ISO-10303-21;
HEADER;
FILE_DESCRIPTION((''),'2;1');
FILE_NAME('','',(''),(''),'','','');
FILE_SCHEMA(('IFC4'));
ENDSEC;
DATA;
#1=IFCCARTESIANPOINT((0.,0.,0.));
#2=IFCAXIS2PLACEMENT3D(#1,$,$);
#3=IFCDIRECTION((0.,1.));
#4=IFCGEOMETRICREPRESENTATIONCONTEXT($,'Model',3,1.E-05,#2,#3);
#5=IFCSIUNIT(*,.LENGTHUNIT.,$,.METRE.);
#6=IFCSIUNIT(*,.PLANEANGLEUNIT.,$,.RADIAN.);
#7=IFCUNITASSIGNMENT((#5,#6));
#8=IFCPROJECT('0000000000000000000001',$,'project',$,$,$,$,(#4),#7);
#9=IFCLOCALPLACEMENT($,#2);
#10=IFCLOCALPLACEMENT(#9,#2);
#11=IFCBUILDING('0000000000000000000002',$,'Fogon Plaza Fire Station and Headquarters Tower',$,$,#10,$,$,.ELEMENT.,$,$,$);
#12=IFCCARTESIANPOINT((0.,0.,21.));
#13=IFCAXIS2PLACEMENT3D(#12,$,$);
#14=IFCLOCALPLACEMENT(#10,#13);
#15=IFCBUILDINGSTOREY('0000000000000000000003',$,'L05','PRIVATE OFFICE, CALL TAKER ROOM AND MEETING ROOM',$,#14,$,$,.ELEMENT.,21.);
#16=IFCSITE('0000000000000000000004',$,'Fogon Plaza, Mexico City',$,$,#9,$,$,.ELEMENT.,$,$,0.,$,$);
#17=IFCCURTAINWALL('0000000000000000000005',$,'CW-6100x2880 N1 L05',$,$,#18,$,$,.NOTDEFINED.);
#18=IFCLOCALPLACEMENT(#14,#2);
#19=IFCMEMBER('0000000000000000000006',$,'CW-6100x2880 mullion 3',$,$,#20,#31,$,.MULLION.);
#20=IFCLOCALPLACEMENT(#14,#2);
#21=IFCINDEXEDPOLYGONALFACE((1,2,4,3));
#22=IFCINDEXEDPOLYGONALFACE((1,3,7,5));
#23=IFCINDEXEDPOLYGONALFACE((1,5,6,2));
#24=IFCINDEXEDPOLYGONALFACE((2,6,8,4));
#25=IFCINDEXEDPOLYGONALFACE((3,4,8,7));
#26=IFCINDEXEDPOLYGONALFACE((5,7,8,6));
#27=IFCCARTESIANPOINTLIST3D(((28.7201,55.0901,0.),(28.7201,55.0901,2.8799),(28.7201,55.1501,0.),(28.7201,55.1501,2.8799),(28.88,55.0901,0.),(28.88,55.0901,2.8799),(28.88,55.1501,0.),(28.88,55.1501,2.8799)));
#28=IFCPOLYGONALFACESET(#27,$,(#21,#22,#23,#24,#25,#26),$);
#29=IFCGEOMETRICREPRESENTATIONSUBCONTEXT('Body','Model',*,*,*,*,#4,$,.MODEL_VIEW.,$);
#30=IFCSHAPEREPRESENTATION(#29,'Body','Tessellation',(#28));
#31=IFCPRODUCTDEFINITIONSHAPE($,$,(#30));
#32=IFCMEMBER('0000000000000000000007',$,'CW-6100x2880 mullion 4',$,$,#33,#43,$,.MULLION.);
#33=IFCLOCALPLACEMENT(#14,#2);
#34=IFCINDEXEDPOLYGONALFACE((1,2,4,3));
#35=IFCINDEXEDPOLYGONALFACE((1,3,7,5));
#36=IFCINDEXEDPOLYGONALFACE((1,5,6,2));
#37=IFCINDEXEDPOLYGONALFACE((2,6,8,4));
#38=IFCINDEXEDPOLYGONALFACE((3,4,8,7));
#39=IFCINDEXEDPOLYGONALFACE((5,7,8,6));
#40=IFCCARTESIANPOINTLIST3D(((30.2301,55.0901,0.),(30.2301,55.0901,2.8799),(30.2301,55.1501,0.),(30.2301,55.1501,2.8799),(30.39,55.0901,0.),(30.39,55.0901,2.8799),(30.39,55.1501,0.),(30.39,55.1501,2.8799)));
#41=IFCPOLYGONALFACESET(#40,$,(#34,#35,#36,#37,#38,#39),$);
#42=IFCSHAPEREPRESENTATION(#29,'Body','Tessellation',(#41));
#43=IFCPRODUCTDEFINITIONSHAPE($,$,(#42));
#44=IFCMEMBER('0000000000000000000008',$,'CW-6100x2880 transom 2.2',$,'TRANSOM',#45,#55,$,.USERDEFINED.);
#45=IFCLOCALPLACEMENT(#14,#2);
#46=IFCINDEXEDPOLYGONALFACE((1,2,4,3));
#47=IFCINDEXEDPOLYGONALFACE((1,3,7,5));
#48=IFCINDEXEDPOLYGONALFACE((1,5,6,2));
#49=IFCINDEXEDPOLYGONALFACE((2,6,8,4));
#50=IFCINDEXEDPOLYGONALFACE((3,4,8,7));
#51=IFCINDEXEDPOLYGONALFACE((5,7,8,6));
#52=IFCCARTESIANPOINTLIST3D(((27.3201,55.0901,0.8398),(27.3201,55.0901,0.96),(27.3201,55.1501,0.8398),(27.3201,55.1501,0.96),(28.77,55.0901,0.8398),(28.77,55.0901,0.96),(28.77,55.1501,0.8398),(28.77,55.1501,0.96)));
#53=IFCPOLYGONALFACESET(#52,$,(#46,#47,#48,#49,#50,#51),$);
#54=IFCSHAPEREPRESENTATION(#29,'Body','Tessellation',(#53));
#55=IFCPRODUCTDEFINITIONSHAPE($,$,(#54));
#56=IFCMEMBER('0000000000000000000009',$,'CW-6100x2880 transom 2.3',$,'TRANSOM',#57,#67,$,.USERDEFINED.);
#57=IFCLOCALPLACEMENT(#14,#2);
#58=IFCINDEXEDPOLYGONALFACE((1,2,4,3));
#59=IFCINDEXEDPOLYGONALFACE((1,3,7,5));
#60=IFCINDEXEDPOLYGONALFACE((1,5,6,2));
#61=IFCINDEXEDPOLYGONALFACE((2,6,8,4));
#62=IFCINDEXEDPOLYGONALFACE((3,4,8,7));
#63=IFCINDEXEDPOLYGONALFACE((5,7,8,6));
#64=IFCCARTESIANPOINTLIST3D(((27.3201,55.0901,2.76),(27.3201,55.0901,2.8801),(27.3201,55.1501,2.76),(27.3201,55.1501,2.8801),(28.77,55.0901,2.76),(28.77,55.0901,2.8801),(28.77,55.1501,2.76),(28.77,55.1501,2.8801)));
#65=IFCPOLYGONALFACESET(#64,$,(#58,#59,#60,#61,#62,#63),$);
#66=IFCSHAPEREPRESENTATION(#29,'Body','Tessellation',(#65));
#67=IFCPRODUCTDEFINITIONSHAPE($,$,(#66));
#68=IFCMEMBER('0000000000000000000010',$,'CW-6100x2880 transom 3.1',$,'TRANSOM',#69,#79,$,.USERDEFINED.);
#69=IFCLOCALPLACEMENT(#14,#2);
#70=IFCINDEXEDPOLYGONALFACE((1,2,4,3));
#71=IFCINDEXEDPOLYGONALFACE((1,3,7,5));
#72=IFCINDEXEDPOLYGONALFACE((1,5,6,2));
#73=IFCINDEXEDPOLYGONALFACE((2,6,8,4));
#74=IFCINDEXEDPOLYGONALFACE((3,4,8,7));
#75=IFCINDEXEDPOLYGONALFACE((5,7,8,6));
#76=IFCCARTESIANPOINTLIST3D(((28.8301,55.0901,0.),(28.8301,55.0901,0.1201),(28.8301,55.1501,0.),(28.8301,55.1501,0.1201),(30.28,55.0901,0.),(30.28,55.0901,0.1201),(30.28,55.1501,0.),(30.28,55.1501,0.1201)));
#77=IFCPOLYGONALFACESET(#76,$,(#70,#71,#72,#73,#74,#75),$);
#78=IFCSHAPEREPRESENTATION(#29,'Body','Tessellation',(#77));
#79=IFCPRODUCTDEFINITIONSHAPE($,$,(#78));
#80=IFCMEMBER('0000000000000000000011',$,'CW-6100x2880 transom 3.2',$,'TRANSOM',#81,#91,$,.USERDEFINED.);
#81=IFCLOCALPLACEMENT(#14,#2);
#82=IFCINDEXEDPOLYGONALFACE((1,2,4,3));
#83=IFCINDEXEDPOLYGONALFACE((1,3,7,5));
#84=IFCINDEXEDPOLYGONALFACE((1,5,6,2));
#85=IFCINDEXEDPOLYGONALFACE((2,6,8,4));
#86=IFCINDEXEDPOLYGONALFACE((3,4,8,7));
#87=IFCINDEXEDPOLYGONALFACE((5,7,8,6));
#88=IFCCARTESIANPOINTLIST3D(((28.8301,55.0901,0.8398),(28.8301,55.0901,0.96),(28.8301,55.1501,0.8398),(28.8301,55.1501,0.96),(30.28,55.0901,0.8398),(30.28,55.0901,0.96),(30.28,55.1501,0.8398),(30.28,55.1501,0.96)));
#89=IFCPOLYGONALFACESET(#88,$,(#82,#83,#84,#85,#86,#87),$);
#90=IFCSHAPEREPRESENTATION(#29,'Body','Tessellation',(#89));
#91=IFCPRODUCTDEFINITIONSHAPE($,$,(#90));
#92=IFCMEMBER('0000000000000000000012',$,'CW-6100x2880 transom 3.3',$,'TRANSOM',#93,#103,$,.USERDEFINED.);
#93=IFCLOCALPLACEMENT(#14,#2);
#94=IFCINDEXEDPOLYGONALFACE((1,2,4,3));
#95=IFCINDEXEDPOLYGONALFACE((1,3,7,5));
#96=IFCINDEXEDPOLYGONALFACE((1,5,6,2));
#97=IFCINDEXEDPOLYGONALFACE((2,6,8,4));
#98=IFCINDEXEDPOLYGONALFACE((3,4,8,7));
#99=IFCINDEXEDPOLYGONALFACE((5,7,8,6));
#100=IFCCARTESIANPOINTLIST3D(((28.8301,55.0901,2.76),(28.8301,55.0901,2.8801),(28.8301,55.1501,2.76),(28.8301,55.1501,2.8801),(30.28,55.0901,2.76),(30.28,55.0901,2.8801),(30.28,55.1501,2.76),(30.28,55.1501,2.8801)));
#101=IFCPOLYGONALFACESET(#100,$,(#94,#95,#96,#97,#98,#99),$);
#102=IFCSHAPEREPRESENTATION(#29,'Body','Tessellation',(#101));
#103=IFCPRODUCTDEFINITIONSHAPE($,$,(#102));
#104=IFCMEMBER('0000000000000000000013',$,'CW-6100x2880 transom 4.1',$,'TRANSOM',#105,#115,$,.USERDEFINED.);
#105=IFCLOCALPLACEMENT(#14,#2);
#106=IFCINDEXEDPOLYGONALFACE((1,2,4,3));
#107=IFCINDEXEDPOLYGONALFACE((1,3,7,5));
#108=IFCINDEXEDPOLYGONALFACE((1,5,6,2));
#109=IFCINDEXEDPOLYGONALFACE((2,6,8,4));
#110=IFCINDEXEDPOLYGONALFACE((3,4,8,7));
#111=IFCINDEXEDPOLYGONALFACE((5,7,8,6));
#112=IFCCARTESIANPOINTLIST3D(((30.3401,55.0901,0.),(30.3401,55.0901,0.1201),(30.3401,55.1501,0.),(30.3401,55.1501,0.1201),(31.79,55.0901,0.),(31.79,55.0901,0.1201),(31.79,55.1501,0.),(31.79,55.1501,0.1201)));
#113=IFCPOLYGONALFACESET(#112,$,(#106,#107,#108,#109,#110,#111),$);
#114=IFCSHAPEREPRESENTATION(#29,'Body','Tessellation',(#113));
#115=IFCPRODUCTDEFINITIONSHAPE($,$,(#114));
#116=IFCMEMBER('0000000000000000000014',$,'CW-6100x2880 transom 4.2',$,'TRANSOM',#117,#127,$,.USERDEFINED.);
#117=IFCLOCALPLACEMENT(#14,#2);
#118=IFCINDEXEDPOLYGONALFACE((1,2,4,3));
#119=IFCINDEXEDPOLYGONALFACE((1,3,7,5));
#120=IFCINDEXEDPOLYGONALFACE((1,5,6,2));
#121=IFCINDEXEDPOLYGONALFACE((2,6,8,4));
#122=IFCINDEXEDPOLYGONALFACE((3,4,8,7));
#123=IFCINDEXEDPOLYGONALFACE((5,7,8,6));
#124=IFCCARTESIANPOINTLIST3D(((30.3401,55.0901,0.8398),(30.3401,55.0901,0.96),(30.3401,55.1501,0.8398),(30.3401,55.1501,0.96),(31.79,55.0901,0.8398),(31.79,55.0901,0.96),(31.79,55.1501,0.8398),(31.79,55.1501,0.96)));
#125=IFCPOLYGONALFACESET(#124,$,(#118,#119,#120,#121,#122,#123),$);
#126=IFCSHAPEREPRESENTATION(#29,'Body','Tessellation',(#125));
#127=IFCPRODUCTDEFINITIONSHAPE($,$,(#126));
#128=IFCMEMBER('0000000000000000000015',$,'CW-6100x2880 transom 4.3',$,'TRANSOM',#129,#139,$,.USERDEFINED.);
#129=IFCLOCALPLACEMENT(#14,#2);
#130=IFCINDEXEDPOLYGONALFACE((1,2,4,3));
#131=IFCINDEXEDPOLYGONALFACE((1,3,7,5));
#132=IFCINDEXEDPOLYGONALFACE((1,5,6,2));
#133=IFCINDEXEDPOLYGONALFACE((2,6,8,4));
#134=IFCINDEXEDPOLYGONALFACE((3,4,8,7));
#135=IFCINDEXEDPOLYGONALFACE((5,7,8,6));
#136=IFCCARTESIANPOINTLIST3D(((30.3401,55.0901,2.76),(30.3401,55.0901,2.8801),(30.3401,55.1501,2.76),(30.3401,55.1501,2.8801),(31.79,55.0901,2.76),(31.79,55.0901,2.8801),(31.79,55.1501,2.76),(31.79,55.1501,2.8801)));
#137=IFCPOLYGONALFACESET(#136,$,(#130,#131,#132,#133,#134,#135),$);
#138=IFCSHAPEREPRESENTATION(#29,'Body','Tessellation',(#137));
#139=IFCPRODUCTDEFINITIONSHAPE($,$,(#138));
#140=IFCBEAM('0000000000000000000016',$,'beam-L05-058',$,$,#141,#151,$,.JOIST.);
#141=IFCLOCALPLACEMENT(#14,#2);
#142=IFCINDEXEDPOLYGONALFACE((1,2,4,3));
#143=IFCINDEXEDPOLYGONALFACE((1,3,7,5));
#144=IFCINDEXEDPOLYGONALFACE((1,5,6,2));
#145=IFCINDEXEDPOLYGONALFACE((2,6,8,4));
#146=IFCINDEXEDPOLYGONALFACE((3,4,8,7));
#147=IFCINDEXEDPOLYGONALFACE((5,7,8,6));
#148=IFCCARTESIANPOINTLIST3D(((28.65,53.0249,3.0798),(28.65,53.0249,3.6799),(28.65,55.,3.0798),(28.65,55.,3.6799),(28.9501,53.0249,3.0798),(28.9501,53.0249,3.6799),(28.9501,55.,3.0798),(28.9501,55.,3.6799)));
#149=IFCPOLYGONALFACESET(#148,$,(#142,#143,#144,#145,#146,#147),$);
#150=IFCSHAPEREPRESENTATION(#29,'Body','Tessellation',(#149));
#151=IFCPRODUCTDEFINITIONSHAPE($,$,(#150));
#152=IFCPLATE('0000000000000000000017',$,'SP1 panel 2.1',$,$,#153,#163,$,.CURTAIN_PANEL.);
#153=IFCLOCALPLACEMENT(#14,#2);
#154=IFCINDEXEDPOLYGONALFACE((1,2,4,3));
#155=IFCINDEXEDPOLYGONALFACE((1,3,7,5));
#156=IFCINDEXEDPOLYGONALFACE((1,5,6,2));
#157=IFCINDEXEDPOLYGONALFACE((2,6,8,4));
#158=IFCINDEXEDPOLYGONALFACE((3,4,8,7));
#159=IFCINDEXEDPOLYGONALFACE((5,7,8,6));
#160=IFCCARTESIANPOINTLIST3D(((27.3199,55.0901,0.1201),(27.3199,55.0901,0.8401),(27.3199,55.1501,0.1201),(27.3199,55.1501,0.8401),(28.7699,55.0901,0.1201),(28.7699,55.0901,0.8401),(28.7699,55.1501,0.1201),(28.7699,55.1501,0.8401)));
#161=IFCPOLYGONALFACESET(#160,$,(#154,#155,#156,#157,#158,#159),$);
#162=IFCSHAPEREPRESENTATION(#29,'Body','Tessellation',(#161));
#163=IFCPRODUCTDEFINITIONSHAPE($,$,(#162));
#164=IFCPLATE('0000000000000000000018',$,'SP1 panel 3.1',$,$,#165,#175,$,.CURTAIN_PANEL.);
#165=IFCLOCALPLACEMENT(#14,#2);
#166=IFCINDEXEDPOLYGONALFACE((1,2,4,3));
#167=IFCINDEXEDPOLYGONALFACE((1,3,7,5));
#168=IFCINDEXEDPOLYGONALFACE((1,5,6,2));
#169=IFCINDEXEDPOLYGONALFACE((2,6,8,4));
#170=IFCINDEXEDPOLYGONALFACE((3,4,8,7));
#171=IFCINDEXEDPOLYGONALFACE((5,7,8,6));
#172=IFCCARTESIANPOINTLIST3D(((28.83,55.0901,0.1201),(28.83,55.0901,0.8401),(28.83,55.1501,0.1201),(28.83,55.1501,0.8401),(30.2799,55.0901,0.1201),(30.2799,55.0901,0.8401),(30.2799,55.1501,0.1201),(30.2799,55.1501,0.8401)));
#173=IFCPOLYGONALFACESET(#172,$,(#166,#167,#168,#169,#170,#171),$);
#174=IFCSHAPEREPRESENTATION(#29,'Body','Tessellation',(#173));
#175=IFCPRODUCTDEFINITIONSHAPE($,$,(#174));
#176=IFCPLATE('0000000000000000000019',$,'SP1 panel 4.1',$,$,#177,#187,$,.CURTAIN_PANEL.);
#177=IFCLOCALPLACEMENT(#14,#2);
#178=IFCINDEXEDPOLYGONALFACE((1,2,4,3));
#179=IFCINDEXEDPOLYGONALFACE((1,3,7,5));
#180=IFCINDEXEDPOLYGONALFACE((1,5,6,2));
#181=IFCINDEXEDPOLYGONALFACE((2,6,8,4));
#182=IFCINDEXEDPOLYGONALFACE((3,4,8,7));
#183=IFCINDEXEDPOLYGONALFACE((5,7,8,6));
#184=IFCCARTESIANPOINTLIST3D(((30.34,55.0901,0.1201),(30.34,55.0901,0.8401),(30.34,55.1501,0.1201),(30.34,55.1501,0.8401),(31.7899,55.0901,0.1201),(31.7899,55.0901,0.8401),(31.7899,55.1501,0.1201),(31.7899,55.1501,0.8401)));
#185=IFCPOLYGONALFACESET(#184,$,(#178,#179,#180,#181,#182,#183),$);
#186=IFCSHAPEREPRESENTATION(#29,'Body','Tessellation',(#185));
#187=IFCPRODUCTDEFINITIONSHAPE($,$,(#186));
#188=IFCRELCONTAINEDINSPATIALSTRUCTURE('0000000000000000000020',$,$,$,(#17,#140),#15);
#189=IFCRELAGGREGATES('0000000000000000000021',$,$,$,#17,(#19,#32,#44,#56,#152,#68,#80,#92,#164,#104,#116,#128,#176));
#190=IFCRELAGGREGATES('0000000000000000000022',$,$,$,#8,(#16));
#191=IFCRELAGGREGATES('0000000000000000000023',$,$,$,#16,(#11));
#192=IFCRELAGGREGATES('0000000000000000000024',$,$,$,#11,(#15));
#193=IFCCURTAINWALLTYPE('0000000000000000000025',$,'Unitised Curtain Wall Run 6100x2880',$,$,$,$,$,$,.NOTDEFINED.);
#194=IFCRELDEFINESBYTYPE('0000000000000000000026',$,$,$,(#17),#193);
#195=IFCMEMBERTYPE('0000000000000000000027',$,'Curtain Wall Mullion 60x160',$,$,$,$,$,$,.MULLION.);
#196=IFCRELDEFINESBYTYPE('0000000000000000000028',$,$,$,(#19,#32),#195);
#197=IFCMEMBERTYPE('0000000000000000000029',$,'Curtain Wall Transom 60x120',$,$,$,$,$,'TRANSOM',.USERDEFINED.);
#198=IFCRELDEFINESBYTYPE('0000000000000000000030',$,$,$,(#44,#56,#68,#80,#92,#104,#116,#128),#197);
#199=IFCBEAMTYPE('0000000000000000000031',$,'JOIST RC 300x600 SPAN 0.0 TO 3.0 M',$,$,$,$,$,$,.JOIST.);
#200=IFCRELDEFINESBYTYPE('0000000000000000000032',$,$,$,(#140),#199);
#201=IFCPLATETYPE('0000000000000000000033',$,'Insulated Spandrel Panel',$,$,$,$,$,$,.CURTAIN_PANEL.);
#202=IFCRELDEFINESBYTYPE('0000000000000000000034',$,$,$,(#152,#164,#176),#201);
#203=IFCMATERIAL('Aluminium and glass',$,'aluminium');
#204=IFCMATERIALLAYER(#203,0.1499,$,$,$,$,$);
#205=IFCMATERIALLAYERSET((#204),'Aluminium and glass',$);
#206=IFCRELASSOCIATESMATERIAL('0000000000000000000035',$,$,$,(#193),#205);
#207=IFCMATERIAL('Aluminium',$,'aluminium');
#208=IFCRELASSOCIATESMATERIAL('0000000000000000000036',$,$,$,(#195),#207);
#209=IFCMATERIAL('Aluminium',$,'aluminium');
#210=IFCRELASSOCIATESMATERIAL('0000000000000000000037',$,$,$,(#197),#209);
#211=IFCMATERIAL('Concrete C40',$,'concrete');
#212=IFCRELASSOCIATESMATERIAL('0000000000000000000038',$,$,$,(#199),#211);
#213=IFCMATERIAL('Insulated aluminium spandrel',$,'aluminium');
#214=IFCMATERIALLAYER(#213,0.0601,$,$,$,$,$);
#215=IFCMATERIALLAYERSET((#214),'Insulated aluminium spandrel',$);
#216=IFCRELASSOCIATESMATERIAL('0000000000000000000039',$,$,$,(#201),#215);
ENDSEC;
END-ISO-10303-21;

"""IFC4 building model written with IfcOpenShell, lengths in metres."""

from ifc_helpers import new_model, si_unit, direction, frame, origin, origin_2d, place, context, subcontext, project, spatial, rectangle, extrude, material, layer, layer_set, material_profile, profile_set, type_object, element, aggregate, save


model = new_model("IFC4")

# Units and contexts
model_context = context("Model", 3, precision=1e-05, world=origin(), true_north=direction((0.0, 1.0)))
body_context = subcontext(model_context, "Body", "Model", "MODEL_VIEW")
ifc_project = project(units=[si_unit("LENGTHUNIT", "METRE"), si_unit("PLANEANGLEUNIT", "RADIAN")], contexts=[model_context])

# Site, building, storey
site_placement = place(None, origin())
site = spatial("IfcSite", under=ifc_project, at=site_placement, Name="Fogon Plaza, Mexico City", CompositionType="ELEMENT", RefElevation=0.0)
building_placement = place(site_placement, origin())
building = spatial("IfcBuilding", under=site, at=building_placement, Name="Fogon Plaza Fire Station and Headquarters Tower", CompositionType="ELEMENT")
storey_placement = place(building_placement, frame((0.0, 0.0, 21.0)))
storey = spatial("IfcBuildingStorey", under=building, at=storey_placement, Name="L05", Description="PRIVATE OFFICE, CALL TAKER ROOM AND MEETING ROOM", CompositionType="ELEMENT", Elevation=21.0)

# Curtain wall, members
ifc_material_1 = material(Name="Aluminium and glass", Category="aluminium")
ifc_layer_1 = layer(ifc_material_1, 0.1499)
ifc_layer_set_1 = layer_set([ifc_layer_1], Name="Aluminium and glass")
curtain_wall_type = type_object("IfcCurtainWallType", Name="Unitised Curtain Wall Run 6100x2880", PredefinedType="NOTDEFINED", material=ifc_layer_set_1)
curtain_wall_placement = place(storey_placement, origin())
curtain_wall = element("IfcCurtainWall", 1, at=curtain_wall_placement, inside=storey, type_object=curtain_wall_type, Name="CW-6100x2880 N1 L05", PredefinedType="NOTDEFINED")
ifc_material_2 = material(Name="Aluminium", Category="aluminium")
ifc_material_profile_1 = material_profile(ifc_material_2, rectangle(XDim=0.0601, YDim=0.1599, at=origin_2d()), Name="Curtain Wall Mullion 60x160")
ifc_profile_set_1 = profile_set([ifc_material_profile_1], Name="Aluminium")
member_type_1 = type_object("IfcMemberType", Name="Curtain Wall Mullion 60x160", PredefinedType="MULLION", material=ifc_profile_set_1)
member_1_placement = place(storey_placement, frame((28.8, 55.1201, 0.0), z_axis=(0.0, 0.0, 1.0), x_axis=(0.0, 1.0, 0.0)))
member_1 = element("IfcMember", 2, at=member_1_placement, type_object=member_type_1, Name="CW-6100x2880 mullion 3", PredefinedType="MULLION", context=body_context, shape_type="SweptSolid", body=[
    extrude(rectangle(XDim=0.0601, YDim=0.1599, at=origin_2d()), origin(), (0.0, 0.0, 1.0), 2.8799),
])
member_2_placement = place(storey_placement, frame((30.3101, 55.1201, 0.0), z_axis=(0.0, 0.0, 1.0), x_axis=(0.0, 1.0, 0.0)))
member_2 = element("IfcMember", 3, at=member_2_placement, type_object=member_type_1, Name="CW-6100x2880 mullion 4", PredefinedType="MULLION", context=body_context, shape_type="SweptSolid", body=[
    extrude(rectangle(XDim=0.0601, YDim=0.1599, at=origin_2d()), origin(), (0.0, 0.0, 1.0), 2.8799),
])
ifc_material_3 = material(Name="Aluminium", Category="aluminium")
ifc_material_profile_2 = material_profile(ifc_material_3, rectangle(XDim=0.0601, YDim=0.1201, at=origin_2d()), Name="Curtain Wall Transom 60x120")
ifc_profile_set_2 = profile_set([ifc_material_profile_2], Name="Aluminium")
member_type_2 = type_object("IfcMemberType", Name="Curtain Wall Transom 60x120", ElementType="TRANSOM", PredefinedType="USERDEFINED", material=ifc_profile_set_2)
member_3_placement = place(storey_placement, frame((27.3201, 55.1201, 0.8999), z_axis=(1.0, 0.0, 0.0), x_axis=(0.0, 1.0, 0.0)))
member_3 = element("IfcMember", 4, at=member_3_placement, type_object=member_type_2, Name="CW-6100x2880 transom 2.2", ObjectType="TRANSOM", PredefinedType="USERDEFINED", context=body_context, shape_type="SweptSolid", body=[
    extrude(rectangle(XDim=0.0601, YDim=0.1201, at=origin_2d()), origin(), (0.0, 0.0, 1.0), 1.45),
])
member_4_placement = place(storey_placement, frame((27.3201, 55.1201, 2.8201), z_axis=(1.0, 0.0, 0.0), x_axis=(0.0, 1.0, 0.0)))
member_4 = element("IfcMember", 5, at=member_4_placement, type_object=member_type_2, Name="CW-6100x2880 transom 2.3", ObjectType="TRANSOM", PredefinedType="USERDEFINED", context=body_context, shape_type="SweptSolid", body=[
    extrude(rectangle(XDim=0.0601, YDim=0.1201, at=origin_2d()), origin(), (0.0, 0.0, 1.0), 1.45),
])
member_5_placement = place(storey_placement, frame((28.8301, 55.1201, 0.0601), z_axis=(1.0, 0.0, 0.0), x_axis=(0.0, 1.0, 0.0)))
member_5 = element("IfcMember", 6, at=member_5_placement, type_object=member_type_2, Name="CW-6100x2880 transom 3.1", ObjectType="TRANSOM", PredefinedType="USERDEFINED", context=body_context, shape_type="SweptSolid", body=[
    extrude(rectangle(XDim=0.0601, YDim=0.1201, at=origin_2d()), origin(), (0.0, 0.0, 1.0), 1.45),
])
member_6_placement = place(storey_placement, frame((28.8301, 55.1201, 0.8999), z_axis=(1.0, 0.0, 0.0), x_axis=(0.0, 1.0, 0.0)))
member_6 = element("IfcMember", 7, at=member_6_placement, type_object=member_type_2, Name="CW-6100x2880 transom 3.2", ObjectType="TRANSOM", PredefinedType="USERDEFINED", context=body_context, shape_type="SweptSolid", body=[
    extrude(rectangle(XDim=0.0601, YDim=0.1201, at=origin_2d()), origin(), (0.0, 0.0, 1.0), 1.45),
])
member_7_placement = place(storey_placement, frame((28.8301, 55.1201, 2.8201), z_axis=(1.0, 0.0, 0.0), x_axis=(0.0, 1.0, 0.0)))
member_7 = element("IfcMember", 8, at=member_7_placement, type_object=member_type_2, Name="CW-6100x2880 transom 3.3", ObjectType="TRANSOM", PredefinedType="USERDEFINED", context=body_context, shape_type="SweptSolid", body=[
    extrude(rectangle(XDim=0.0601, YDim=0.1201, at=origin_2d()), origin(), (0.0, 0.0, 1.0), 1.45),
])
member_8_placement = place(storey_placement, frame((30.3401, 55.1201, 0.0601), z_axis=(1.0, 0.0, 0.0), x_axis=(0.0, 1.0, 0.0)))
member_8 = element("IfcMember", 9, at=member_8_placement, type_object=member_type_2, Name="CW-6100x2880 transom 4.1", ObjectType="TRANSOM", PredefinedType="USERDEFINED", context=body_context, shape_type="SweptSolid", body=[
    extrude(rectangle(XDim=0.0601, YDim=0.1201, at=origin_2d()), origin(), (0.0, 0.0, 1.0), 1.45),
])
member_9_placement = place(storey_placement, frame((30.3401, 55.1201, 0.8999), z_axis=(1.0, 0.0, 0.0), x_axis=(0.0, 1.0, 0.0)))
member_9 = element("IfcMember", 10, at=member_9_placement, type_object=member_type_2, Name="CW-6100x2880 transom 4.2", ObjectType="TRANSOM", PredefinedType="USERDEFINED", context=body_context, shape_type="SweptSolid", body=[
    extrude(rectangle(XDim=0.0601, YDim=0.1201, at=origin_2d()), origin(), (0.0, 0.0, 1.0), 1.45),
])
member_10_placement = place(storey_placement, frame((30.3401, 55.1201, 2.8201), z_axis=(1.0, 0.0, 0.0), x_axis=(0.0, 1.0, 0.0)))
member_10 = element("IfcMember", 11, at=member_10_placement, type_object=member_type_2, Name="CW-6100x2880 transom 4.3", ObjectType="TRANSOM", PredefinedType="USERDEFINED", context=body_context, shape_type="SweptSolid", body=[
    extrude(rectangle(XDim=0.0601, YDim=0.1201, at=origin_2d()), origin(), (0.0, 0.0, 1.0), 1.45),
])

# Beam
ifc_material_4 = material(Name="Concrete C40", Category="concrete")
ifc_material_profile_3 = material_profile(ifc_material_4, rectangle(XDim=0.3, YDim=0.6001, at=origin_2d()), Name="RC 300x600")
ifc_profile_set_3 = profile_set([ifc_material_profile_3], Name="Concrete C40")
beam_type = type_object("IfcBeamType", Name="JOIST RC 300x600 SPAN 0.0 TO 3.0 M", PredefinedType="JOIST", material=ifc_profile_set_3)
beam_placement = place(storey_placement, frame((28.8, 53.0249, 3.3799), z_axis=(0.0, 1.0, 0.0), x_axis=(-1.0, 0.0, 0.0)))
element("IfcBeam", 12, at=beam_placement, inside=storey, type_object=beam_type, Name="beam-L05-058", PredefinedType="JOIST", context=body_context, shape_type="SweptSolid", body=[
    extrude(rectangle(XDim=0.3, YDim=0.6001, at=origin_2d()), origin(), (0.0, 0.0, 1.0), 1.9751),
])

# Plates
ifc_material_5 = material(Name="Insulated aluminium spandrel", Category="aluminium")
ifc_layer_2 = layer(ifc_material_5, 0.0601)
ifc_layer_set_2 = layer_set([ifc_layer_2], Name="Insulated aluminium spandrel")
plate_type_1 = type_object("IfcPlateType", Name="Insulated Spandrel Panel", PredefinedType="CURTAIN_PANEL", material=ifc_layer_set_2)
plate_1_placement = place(storey_placement, frame((28.0449, 55.1201, 0.1201), z_axis=(0.0, 0.0, 1.0), x_axis=(1.0, 0.0, 0.0)))
plate_1 = element("IfcPlate", 13, at=plate_1_placement, type_object=plate_type_1, Name="SP1 panel 2.1", PredefinedType="CURTAIN_PANEL", context=body_context, shape_type="SweptSolid", body=[
    extrude(rectangle(XDim=1.45, YDim=0.0601, at=origin_2d()), origin(), (0.0, 0.0, 1.0), 0.72),
])
plate_2_placement = place(storey_placement, frame((29.5549, 55.1201, 0.1201), z_axis=(0.0, 0.0, 1.0), x_axis=(1.0, 0.0, 0.0)))
plate_2 = element("IfcPlate", 14, at=plate_2_placement, type_object=plate_type_1, Name="SP1 panel 3.1", PredefinedType="CURTAIN_PANEL", context=body_context, shape_type="SweptSolid", body=[
    extrude(rectangle(XDim=1.45, YDim=0.0601, at=origin_2d()), origin(), (0.0, 0.0, 1.0), 0.72),
])
plate_3_placement = place(storey_placement, frame((31.0649, 55.1201, 0.1201), z_axis=(0.0, 0.0, 1.0), x_axis=(1.0, 0.0, 0.0)))
plate_3 = element("IfcPlate", 15, at=plate_3_placement, type_object=plate_type_1, Name="SP1 panel 4.1", PredefinedType="CURTAIN_PANEL", context=body_context, shape_type="SweptSolid", body=[
    extrude(rectangle(XDim=1.45, YDim=0.0601, at=origin_2d()), origin(), (0.0, 0.0, 1.0), 0.72),
])
aggregate(curtain_wall, [member_1, member_2, member_3, member_4, plate_1, member_5, member_6, member_7, plate_2, member_8, member_9, member_10, plate_3])

save(model, "model.ifc")
